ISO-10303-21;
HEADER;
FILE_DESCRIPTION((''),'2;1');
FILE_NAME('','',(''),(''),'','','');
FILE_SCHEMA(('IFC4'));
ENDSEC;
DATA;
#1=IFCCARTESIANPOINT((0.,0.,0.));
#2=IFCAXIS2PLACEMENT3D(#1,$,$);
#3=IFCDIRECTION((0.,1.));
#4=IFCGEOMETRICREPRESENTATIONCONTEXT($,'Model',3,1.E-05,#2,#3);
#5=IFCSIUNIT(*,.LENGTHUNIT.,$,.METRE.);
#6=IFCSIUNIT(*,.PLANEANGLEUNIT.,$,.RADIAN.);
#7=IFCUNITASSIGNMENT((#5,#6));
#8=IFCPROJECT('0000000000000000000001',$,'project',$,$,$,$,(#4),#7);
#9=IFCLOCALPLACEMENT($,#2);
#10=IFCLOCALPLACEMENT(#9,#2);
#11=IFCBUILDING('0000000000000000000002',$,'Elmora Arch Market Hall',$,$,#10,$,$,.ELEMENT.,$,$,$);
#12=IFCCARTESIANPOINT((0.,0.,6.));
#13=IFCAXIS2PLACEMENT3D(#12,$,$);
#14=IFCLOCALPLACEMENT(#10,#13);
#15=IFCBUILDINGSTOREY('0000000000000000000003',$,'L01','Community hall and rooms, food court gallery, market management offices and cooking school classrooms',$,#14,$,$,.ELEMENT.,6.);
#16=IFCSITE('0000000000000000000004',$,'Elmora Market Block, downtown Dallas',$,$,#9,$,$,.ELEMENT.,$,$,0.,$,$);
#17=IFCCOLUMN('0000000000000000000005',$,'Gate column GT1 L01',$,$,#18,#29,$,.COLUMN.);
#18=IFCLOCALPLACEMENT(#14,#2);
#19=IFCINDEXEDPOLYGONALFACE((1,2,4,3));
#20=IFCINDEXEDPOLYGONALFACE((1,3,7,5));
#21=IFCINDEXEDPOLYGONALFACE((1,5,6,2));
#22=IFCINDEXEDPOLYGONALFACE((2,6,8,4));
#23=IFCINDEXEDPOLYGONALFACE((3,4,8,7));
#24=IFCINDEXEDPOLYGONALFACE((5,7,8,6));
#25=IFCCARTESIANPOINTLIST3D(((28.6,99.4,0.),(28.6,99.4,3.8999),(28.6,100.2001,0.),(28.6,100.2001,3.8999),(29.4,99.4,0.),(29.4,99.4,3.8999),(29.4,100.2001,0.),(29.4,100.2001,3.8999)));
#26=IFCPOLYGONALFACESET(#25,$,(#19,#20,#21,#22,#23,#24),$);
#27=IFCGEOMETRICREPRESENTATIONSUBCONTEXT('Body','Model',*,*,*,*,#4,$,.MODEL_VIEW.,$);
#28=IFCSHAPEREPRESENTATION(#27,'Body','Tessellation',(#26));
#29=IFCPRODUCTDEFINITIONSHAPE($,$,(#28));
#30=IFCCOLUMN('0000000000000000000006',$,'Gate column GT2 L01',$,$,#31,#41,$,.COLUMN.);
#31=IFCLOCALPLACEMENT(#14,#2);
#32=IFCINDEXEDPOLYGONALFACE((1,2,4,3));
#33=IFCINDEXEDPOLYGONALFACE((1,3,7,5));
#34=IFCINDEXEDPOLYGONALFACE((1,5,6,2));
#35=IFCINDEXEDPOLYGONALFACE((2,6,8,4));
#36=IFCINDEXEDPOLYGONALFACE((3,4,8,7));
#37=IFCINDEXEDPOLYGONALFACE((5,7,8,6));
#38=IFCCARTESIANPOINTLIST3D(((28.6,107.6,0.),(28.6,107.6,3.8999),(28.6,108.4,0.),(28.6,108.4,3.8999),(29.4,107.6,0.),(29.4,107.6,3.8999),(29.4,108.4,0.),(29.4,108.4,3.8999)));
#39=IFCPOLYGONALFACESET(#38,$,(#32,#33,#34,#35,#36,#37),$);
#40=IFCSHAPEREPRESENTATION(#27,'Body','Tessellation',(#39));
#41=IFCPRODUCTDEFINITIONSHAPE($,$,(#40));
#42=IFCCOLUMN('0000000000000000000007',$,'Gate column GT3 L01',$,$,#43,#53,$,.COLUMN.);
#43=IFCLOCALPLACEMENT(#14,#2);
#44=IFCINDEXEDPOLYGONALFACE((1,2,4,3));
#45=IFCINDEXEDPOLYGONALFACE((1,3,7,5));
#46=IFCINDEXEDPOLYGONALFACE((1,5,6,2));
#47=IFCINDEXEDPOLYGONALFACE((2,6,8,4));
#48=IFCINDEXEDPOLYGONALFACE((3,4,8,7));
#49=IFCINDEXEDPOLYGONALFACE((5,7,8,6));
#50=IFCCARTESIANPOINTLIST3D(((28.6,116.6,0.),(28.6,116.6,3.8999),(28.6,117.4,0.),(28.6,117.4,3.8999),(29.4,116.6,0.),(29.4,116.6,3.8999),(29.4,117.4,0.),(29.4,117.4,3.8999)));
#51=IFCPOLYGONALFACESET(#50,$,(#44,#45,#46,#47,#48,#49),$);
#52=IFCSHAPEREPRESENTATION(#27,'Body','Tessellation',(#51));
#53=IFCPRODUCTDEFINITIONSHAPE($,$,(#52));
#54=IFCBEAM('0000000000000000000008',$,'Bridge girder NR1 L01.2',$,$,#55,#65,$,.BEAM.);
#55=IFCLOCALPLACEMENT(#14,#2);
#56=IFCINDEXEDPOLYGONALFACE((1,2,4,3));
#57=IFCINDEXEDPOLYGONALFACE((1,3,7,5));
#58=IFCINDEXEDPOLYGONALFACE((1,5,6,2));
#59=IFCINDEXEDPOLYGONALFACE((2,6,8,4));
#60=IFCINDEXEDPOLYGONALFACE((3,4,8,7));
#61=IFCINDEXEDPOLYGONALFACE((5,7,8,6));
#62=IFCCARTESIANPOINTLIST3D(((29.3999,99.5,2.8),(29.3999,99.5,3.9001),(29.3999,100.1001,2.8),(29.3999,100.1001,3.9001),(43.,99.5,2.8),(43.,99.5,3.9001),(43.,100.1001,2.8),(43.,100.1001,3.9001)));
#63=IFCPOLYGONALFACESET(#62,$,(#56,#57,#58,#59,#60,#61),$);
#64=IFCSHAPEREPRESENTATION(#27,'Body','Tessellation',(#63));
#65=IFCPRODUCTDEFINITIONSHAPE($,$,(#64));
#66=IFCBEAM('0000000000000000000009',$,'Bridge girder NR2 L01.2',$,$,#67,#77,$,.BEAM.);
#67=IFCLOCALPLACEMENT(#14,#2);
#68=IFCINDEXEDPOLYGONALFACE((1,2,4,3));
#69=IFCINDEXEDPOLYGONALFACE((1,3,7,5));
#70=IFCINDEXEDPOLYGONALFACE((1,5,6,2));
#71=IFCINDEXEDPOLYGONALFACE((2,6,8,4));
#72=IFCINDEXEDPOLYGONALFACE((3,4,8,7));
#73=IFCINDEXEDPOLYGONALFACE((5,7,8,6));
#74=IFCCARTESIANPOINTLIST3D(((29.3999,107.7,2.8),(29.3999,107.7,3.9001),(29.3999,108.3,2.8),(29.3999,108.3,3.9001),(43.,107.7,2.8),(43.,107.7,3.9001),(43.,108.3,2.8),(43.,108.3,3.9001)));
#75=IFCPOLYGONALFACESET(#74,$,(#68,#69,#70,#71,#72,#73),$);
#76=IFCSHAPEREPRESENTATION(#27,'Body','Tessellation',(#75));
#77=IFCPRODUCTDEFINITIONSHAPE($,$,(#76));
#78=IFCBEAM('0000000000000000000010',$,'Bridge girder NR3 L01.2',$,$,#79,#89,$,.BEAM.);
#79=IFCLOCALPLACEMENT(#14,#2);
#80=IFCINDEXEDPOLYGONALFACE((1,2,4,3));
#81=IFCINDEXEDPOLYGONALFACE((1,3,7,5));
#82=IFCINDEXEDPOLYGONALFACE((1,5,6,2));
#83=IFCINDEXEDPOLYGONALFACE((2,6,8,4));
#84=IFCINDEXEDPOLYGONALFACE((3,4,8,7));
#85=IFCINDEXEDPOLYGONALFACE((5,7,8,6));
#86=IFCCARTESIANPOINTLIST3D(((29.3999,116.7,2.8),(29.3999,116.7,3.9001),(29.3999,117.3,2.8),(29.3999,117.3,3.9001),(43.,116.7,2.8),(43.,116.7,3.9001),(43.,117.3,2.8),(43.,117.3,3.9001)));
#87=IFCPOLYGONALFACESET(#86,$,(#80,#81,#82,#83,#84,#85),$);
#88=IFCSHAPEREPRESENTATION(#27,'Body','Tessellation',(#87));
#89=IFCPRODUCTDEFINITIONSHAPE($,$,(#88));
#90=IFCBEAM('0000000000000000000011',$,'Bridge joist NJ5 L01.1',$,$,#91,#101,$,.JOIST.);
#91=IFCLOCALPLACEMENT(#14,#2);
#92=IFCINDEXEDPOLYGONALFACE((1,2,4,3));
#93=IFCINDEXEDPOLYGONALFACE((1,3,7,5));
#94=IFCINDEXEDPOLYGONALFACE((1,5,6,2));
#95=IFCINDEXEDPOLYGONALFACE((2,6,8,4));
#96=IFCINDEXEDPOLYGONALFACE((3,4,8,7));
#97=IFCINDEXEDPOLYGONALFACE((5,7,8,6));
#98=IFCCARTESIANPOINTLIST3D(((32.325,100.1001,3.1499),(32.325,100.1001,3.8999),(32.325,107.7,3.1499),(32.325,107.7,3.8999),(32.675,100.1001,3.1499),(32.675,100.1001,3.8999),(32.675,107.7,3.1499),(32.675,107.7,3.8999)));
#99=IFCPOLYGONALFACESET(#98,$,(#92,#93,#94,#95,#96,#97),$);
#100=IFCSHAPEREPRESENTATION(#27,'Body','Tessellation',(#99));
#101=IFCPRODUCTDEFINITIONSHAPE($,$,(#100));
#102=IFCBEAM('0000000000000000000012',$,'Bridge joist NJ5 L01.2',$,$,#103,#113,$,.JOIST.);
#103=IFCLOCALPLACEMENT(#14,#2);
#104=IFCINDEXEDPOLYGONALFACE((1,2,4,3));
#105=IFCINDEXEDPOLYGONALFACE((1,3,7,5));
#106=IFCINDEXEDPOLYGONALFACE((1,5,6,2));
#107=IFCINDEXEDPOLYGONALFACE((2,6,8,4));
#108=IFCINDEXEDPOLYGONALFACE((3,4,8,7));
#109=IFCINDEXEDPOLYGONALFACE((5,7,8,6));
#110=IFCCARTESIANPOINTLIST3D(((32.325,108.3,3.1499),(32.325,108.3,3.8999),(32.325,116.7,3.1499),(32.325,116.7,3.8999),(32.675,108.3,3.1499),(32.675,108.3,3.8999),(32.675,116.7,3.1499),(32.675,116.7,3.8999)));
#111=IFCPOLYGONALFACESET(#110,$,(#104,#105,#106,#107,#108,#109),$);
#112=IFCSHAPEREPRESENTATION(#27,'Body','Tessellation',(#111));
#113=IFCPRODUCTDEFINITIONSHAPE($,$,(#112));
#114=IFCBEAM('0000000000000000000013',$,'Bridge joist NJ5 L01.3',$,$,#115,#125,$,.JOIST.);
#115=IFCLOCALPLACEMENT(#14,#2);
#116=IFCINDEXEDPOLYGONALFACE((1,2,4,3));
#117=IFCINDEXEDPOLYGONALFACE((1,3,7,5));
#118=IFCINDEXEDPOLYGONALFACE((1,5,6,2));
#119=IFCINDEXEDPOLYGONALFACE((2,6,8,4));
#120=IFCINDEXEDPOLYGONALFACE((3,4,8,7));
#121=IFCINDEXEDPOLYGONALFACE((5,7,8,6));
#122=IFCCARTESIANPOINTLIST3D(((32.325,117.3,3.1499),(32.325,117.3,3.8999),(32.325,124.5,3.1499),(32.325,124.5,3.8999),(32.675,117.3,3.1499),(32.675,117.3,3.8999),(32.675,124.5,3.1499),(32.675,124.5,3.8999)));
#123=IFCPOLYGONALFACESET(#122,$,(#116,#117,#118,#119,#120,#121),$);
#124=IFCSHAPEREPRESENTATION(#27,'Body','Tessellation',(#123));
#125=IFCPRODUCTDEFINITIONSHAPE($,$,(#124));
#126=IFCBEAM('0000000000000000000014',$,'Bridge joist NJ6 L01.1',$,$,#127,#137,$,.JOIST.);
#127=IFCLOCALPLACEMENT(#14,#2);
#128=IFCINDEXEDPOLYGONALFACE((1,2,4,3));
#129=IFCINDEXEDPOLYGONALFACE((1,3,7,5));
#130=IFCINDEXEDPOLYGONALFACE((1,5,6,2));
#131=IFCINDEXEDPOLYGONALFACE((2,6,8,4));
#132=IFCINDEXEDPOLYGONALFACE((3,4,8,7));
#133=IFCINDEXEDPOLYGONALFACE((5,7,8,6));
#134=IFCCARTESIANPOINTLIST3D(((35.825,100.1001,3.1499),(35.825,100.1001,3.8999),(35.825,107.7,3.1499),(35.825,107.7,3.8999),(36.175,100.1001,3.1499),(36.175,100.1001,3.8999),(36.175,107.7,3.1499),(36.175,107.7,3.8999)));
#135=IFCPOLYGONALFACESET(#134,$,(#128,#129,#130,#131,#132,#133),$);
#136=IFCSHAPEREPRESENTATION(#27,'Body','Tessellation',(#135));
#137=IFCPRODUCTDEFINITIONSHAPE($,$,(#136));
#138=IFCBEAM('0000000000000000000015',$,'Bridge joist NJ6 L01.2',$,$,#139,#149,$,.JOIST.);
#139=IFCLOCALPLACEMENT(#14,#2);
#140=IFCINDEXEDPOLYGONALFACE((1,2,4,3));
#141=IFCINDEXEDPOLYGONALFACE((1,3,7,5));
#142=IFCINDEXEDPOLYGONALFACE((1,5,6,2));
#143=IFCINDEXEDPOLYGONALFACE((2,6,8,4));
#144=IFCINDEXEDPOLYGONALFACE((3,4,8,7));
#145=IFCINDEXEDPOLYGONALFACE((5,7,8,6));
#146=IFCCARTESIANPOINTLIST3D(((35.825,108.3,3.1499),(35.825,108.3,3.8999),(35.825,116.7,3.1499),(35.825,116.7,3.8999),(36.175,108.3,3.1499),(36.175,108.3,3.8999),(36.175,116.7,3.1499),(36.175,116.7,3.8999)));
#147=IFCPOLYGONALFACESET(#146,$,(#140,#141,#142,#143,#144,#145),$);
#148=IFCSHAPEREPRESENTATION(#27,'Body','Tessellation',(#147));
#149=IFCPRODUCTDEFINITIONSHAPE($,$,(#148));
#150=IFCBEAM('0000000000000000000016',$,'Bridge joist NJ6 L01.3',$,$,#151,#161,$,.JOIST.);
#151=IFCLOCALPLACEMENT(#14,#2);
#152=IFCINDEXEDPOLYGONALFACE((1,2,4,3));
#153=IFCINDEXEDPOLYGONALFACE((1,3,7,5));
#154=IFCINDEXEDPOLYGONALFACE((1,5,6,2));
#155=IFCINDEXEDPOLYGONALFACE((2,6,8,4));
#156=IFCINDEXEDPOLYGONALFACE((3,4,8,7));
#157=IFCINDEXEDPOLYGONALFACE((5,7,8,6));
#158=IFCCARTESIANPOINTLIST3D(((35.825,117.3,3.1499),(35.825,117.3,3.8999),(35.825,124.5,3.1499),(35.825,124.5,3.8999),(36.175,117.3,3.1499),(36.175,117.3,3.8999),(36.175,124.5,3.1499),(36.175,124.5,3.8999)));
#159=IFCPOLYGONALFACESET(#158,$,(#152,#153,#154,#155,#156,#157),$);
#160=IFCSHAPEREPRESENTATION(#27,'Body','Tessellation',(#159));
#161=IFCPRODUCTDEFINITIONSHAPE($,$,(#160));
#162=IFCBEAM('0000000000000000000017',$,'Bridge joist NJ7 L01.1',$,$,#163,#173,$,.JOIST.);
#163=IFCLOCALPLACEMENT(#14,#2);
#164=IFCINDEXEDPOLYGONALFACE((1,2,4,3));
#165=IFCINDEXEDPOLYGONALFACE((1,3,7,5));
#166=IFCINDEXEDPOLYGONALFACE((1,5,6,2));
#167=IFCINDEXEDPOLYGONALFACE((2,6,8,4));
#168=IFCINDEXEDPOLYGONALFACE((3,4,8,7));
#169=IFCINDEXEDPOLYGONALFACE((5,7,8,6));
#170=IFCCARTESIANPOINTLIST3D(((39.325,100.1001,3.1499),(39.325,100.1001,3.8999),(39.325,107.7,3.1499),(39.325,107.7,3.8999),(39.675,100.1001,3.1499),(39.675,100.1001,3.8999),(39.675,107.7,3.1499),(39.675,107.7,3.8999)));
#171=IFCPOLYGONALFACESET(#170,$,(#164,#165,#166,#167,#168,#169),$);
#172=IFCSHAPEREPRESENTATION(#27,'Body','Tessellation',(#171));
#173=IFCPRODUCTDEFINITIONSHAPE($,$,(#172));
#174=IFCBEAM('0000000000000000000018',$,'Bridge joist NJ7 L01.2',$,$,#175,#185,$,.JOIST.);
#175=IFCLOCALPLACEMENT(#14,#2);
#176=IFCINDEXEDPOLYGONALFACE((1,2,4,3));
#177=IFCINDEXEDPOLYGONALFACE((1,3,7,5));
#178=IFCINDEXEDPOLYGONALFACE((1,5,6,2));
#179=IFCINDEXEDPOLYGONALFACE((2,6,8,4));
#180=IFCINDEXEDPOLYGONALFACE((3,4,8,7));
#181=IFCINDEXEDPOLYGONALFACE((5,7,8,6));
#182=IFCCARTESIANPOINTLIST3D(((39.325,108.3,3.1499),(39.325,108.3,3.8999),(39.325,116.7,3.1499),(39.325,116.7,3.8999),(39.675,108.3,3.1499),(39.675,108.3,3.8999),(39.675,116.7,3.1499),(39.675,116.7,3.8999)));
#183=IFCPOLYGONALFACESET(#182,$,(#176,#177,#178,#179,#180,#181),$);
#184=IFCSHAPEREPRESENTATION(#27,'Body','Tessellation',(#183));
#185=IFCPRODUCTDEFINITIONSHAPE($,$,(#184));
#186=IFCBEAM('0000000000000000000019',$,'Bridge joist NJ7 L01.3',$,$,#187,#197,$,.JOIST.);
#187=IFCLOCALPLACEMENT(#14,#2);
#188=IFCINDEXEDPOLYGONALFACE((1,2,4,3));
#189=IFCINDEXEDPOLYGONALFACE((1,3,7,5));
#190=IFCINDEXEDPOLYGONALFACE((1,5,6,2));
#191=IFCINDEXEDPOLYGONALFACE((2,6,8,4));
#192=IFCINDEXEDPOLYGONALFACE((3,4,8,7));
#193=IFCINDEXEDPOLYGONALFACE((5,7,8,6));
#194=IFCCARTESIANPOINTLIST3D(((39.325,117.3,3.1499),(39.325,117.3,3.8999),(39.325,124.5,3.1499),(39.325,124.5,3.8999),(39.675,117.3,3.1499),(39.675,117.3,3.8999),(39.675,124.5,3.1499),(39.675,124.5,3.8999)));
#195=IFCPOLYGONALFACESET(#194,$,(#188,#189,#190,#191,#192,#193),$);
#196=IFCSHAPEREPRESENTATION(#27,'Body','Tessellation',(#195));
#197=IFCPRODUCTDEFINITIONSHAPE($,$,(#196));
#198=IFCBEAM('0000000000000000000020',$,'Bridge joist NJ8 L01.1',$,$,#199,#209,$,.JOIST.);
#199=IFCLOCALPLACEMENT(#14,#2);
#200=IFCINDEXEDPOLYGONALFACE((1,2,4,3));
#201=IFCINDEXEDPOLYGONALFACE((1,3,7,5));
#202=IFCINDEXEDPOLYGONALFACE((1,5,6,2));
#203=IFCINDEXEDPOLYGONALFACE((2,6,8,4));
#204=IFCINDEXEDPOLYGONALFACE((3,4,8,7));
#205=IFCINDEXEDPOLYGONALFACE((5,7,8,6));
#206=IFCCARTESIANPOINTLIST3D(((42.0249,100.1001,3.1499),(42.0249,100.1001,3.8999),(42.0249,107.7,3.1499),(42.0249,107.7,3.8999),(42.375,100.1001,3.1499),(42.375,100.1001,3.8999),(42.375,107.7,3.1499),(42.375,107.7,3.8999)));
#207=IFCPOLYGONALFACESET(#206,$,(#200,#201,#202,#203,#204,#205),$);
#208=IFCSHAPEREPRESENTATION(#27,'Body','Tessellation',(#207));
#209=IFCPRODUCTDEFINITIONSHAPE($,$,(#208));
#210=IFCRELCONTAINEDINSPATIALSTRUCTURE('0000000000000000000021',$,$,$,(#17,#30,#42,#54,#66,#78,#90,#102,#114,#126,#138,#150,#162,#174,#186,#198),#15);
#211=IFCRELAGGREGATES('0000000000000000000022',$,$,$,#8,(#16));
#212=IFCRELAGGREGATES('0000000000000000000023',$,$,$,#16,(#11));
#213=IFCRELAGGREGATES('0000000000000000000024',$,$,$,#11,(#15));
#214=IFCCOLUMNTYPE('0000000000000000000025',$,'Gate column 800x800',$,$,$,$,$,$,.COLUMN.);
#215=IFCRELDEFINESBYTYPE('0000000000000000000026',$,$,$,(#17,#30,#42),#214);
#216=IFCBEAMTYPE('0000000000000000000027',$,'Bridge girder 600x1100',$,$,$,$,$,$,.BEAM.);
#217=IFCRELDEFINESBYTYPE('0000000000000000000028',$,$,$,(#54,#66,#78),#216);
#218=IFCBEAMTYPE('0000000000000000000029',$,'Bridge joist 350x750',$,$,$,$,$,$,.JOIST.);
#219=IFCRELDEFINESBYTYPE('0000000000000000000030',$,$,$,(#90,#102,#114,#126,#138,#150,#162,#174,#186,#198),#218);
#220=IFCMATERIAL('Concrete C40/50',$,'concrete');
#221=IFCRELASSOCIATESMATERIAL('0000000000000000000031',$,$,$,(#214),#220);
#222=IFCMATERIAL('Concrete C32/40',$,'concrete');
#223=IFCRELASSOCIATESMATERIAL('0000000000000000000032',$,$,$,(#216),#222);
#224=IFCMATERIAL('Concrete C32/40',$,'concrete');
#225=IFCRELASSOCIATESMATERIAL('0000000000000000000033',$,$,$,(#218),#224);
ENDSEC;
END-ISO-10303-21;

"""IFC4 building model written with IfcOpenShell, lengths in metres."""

from ifc_helpers import new_model, si_unit, direction, frame, origin, origin_2d, place, context, subcontext, project, spatial, rectangle, extrude, material, material_profile, profile_set, type_object, element, save


model = new_model("IFC4")

# Units and contexts
model_context = context("Model", 3, precision=1e-05, world=origin(), true_north=direction((0.0, 1.0)))
body_context = subcontext(model_context, "Body", "Model", "MODEL_VIEW")
ifc_project = project(units=[si_unit("LENGTHUNIT", "METRE"), si_unit("PLANEANGLEUNIT", "RADIAN")], contexts=[model_context])

# Site, building, storey
site_placement = place(None, origin())
site = spatial("IfcSite", under=ifc_project, at=site_placement, Name="Elmora Market Block, downtown Dallas", CompositionType="ELEMENT", RefElevation=0.0)
building_placement = place(site_placement, origin())
building = spatial("IfcBuilding", under=site, at=building_placement, Name="Elmora Arch Market Hall", CompositionType="ELEMENT")
storey_placement = place(building_placement, frame((0.0, 0.0, 6.0)))
storey = spatial("IfcBuildingStorey", under=building, at=storey_placement, Name="L01", Description="Community hall and rooms, food court gallery, market management offices and cooking school classrooms", CompositionType="ELEMENT", Elevation=6.0)

# Columns
ifc_material_1 = material(Name="Concrete C40/50", Category="concrete")
ifc_material_profile_1 = material_profile(ifc_material_1, rectangle(XDim=0.8, YDim=0.8, at=origin_2d()), Name="Gate column 800x800")
ifc_profile_set_1 = profile_set([ifc_material_profile_1], Name="Concrete C40/50")
column_type = type_object("IfcColumnType", Name="Gate column 800x800", PredefinedType="COLUMN", material=ifc_profile_set_1)
for number, where, z_axis, x_axis, name in (
    (1, (29.0, 99.8, 0.0), (0.0, 0.0, 1.0), (1.0, 0.0, 0.0), "Gate column GT1 L01"),
    (2, (29.0, 108.0, 0.0), (0.0, 0.0, 1.0), (1.0, 0.0, 0.0), "Gate column GT2 L01"),
    (3, (29.0, 117.0, 0.0), (0.0, 0.0, 1.0), (1.0, 0.0, 0.0), "Gate column GT3 L01"),
):
    element("IfcColumn", number, at=place(storey_placement, frame(where, z_axis=z_axis, x_axis=x_axis)), inside=storey, type_object=column_type, Name=name, PredefinedType="COLUMN", context=body_context, shape_type="SweptSolid", body=[
        extrude(rectangle(XDim=0.8, YDim=0.8, at=origin_2d()), origin(), (0.0, 0.0, 1.0), 3.8999),
    ])

# Beams
ifc_material_2 = material(Name="Concrete C32/40", Category="concrete")
ifc_material_profile_2 = material_profile(ifc_material_2, rectangle(XDim=0.6001, YDim=1.1001, at=origin_2d()), Name="Bridge girder 600x1100")
ifc_profile_set_2 = profile_set([ifc_material_profile_2], Name="Concrete C32/40")
beam_type_1 = type_object("IfcBeamType", Name="Bridge girder 600x1100", PredefinedType="BEAM", material=ifc_profile_set_2)
for number, where, z_axis, x_axis, name in (
    (4, (29.3999, 99.8, 3.3501), (1.0, 0.0, 0.0), (0.0, 1.0, 0.0), "Bridge girder NR1 L01.2"),
    (5, (29.3999, 108.0, 3.3501), (1.0, 0.0, 0.0), (0.0, 1.0, 0.0), "Bridge girder NR2 L01.2"),
    (6, (29.3999, 117.0, 3.3501), (1.0, 0.0, 0.0), (0.0, 1.0, 0.0), "Bridge girder NR3 L01.2"),
):
    element("IfcBeam", number, at=place(storey_placement, frame(where, z_axis=z_axis, x_axis=x_axis)), inside=storey, type_object=beam_type_1, Name=name, PredefinedType="BEAM", context=body_context, shape_type="SweptSolid", body=[
        extrude(rectangle(XDim=0.6001, YDim=1.1001, at=origin_2d()), origin(), (0.0, 0.0, 1.0), 13.6001),
    ])
ifc_material_3 = material(Name="Concrete C32/40", Category="concrete")
ifc_material_profile_3 = material_profile(ifc_material_3, rectangle(XDim=0.3501, YDim=0.75, at=origin_2d()), Name="Bridge joist 350x750")
ifc_profile_set_3 = profile_set([ifc_material_profile_3], Name="Concrete C32/40")
beam_type_2 = type_object("IfcBeamType", Name="Bridge joist 350x750", PredefinedType="JOIST", material=ifc_profile_set_3)
beam_1_placement = place(storey_placement, frame((32.5, 100.1001, 3.5249), z_axis=(0.0, 1.0, 0.0), x_axis=(-1.0, 0.0, 0.0)))
element("IfcBeam", 7, at=beam_1_placement, inside=storey, type_object=beam_type_2, Name="Bridge joist NJ5 L01.1", PredefinedType="JOIST", context=body_context, shape_type="SweptSolid", body=[
    extrude(rectangle(XDim=0.3501, YDim=0.75, at=origin_2d()), origin(), (0.0, 0.0, 1.0), 7.5999),
])
beam_2_placement = place(storey_placement, frame((32.5, 108.3, 3.5249), z_axis=(0.0, 1.0, 0.0), x_axis=(-1.0, 0.0, 0.0)))
element("IfcBeam", 8, at=beam_2_placement, inside=storey, type_object=beam_type_2, Name="Bridge joist NJ5 L01.2", PredefinedType="JOIST", context=body_context, shape_type="SweptSolid", body=[
    extrude(rectangle(XDim=0.3501, YDim=0.75, at=origin_2d()), origin(), (0.0, 0.0, 1.0), 8.3999),
])
beam_3_placement = place(storey_placement, frame((32.5, 117.3, 3.5249), z_axis=(0.0, 1.0, 0.0), x_axis=(-1.0, 0.0, 0.0)))
element("IfcBeam", 9, at=beam_3_placement, inside=storey, type_object=beam_type_2, Name="Bridge joist NJ5 L01.3", PredefinedType="JOIST", context=body_context, shape_type="SweptSolid", body=[
    extrude(rectangle(XDim=0.3501, YDim=0.75, at=origin_2d()), origin(), (0.0, 0.0, 1.0), 7.2),
])
beam_4_placement = place(storey_placement, frame((36.0, 100.1001, 3.5249), z_axis=(0.0, 1.0, 0.0), x_axis=(-1.0, 0.0, 0.0)))
element("IfcBeam", 10, at=beam_4_placement, inside=storey, type_object=beam_type_2, Name="Bridge joist NJ6 L01.1", PredefinedType="JOIST", context=body_context, shape_type="SweptSolid", body=[
    extrude(rectangle(XDim=0.3501, YDim=0.75, at=origin_2d()), origin(), (0.0, 0.0, 1.0), 7.5999),
])
beam_5_placement = place(storey_placement, frame((36.0, 108.3, 3.5249), z_axis=(0.0, 1.0, 0.0), x_axis=(-1.0, 0.0, 0.0)))
element("IfcBeam", 11, at=beam_5_placement, inside=storey, type_object=beam_type_2, Name="Bridge joist NJ6 L01.2", PredefinedType="JOIST", context=body_context, shape_type="SweptSolid", body=[
    extrude(rectangle(XDim=0.3501, YDim=0.75, at=origin_2d()), origin(), (0.0, 0.0, 1.0), 8.3999),
])
beam_6_placement = place(storey_placement, frame((36.0, 117.3, 3.5249), z_axis=(0.0, 1.0, 0.0), x_axis=(-1.0, 0.0, 0.0)))
element("IfcBeam", 12, at=beam_6_placement, inside=storey, type_object=beam_type_2, Name="Bridge joist NJ6 L01.3", PredefinedType="JOIST", context=body_context, shape_type="SweptSolid", body=[
    extrude(rectangle(XDim=0.3501, YDim=0.75, at=origin_2d()), origin(), (0.0, 0.0, 1.0), 7.2),
])
beam_7_placement = place(storey_placement, frame((39.5, 100.1001, 3.5249), z_axis=(0.0, 1.0, 0.0), x_axis=(-1.0, 0.0, 0.0)))
element("IfcBeam", 13, at=beam_7_placement, inside=storey, type_object=beam_type_2, Name="Bridge joist NJ7 L01.1", PredefinedType="JOIST", context=body_context, shape_type="SweptSolid", body=[
    extrude(rectangle(XDim=0.3501, YDim=0.75, at=origin_2d()), origin(), (0.0, 0.0, 1.0), 7.5999),
])
beam_8_placement = place(storey_placement, frame((39.5, 108.3, 3.5249), z_axis=(0.0, 1.0, 0.0), x_axis=(-1.0, 0.0, 0.0)))
element("IfcBeam", 14, at=beam_8_placement, inside=storey, type_object=beam_type_2, Name="Bridge joist NJ7 L01.2", PredefinedType="JOIST", context=body_context, shape_type="SweptSolid", body=[
    extrude(rectangle(XDim=0.3501, YDim=0.75, at=origin_2d()), origin(), (0.0, 0.0, 1.0), 8.3999),
])
beam_9_placement = place(storey_placement, frame((39.5, 117.3, 3.5249), z_axis=(0.0, 1.0, 0.0), x_axis=(-1.0, 0.0, 0.0)))
element("IfcBeam", 15, at=beam_9_placement, inside=storey, type_object=beam_type_2, Name="Bridge joist NJ7 L01.3", PredefinedType="JOIST", context=body_context, shape_type="SweptSolid", body=[
    extrude(rectangle(XDim=0.3501, YDim=0.75, at=origin_2d()), origin(), (0.0, 0.0, 1.0), 7.2),
])
beam_10_placement = place(storey_placement, frame((42.2, 100.1001, 3.5249), z_axis=(0.0, 1.0, 0.0), x_axis=(-1.0, 0.0, 0.0)))
element("IfcBeam", 16, at=beam_10_placement, inside=storey, type_object=beam_type_2, Name="Bridge joist NJ8 L01.1", PredefinedType="JOIST", context=body_context, shape_type="SweptSolid", body=[
    extrude(rectangle(XDim=0.3501, YDim=0.75, at=origin_2d()), origin(), (0.0, 0.0, 1.0), 7.5999),
])

save(model, "model.ifc")
